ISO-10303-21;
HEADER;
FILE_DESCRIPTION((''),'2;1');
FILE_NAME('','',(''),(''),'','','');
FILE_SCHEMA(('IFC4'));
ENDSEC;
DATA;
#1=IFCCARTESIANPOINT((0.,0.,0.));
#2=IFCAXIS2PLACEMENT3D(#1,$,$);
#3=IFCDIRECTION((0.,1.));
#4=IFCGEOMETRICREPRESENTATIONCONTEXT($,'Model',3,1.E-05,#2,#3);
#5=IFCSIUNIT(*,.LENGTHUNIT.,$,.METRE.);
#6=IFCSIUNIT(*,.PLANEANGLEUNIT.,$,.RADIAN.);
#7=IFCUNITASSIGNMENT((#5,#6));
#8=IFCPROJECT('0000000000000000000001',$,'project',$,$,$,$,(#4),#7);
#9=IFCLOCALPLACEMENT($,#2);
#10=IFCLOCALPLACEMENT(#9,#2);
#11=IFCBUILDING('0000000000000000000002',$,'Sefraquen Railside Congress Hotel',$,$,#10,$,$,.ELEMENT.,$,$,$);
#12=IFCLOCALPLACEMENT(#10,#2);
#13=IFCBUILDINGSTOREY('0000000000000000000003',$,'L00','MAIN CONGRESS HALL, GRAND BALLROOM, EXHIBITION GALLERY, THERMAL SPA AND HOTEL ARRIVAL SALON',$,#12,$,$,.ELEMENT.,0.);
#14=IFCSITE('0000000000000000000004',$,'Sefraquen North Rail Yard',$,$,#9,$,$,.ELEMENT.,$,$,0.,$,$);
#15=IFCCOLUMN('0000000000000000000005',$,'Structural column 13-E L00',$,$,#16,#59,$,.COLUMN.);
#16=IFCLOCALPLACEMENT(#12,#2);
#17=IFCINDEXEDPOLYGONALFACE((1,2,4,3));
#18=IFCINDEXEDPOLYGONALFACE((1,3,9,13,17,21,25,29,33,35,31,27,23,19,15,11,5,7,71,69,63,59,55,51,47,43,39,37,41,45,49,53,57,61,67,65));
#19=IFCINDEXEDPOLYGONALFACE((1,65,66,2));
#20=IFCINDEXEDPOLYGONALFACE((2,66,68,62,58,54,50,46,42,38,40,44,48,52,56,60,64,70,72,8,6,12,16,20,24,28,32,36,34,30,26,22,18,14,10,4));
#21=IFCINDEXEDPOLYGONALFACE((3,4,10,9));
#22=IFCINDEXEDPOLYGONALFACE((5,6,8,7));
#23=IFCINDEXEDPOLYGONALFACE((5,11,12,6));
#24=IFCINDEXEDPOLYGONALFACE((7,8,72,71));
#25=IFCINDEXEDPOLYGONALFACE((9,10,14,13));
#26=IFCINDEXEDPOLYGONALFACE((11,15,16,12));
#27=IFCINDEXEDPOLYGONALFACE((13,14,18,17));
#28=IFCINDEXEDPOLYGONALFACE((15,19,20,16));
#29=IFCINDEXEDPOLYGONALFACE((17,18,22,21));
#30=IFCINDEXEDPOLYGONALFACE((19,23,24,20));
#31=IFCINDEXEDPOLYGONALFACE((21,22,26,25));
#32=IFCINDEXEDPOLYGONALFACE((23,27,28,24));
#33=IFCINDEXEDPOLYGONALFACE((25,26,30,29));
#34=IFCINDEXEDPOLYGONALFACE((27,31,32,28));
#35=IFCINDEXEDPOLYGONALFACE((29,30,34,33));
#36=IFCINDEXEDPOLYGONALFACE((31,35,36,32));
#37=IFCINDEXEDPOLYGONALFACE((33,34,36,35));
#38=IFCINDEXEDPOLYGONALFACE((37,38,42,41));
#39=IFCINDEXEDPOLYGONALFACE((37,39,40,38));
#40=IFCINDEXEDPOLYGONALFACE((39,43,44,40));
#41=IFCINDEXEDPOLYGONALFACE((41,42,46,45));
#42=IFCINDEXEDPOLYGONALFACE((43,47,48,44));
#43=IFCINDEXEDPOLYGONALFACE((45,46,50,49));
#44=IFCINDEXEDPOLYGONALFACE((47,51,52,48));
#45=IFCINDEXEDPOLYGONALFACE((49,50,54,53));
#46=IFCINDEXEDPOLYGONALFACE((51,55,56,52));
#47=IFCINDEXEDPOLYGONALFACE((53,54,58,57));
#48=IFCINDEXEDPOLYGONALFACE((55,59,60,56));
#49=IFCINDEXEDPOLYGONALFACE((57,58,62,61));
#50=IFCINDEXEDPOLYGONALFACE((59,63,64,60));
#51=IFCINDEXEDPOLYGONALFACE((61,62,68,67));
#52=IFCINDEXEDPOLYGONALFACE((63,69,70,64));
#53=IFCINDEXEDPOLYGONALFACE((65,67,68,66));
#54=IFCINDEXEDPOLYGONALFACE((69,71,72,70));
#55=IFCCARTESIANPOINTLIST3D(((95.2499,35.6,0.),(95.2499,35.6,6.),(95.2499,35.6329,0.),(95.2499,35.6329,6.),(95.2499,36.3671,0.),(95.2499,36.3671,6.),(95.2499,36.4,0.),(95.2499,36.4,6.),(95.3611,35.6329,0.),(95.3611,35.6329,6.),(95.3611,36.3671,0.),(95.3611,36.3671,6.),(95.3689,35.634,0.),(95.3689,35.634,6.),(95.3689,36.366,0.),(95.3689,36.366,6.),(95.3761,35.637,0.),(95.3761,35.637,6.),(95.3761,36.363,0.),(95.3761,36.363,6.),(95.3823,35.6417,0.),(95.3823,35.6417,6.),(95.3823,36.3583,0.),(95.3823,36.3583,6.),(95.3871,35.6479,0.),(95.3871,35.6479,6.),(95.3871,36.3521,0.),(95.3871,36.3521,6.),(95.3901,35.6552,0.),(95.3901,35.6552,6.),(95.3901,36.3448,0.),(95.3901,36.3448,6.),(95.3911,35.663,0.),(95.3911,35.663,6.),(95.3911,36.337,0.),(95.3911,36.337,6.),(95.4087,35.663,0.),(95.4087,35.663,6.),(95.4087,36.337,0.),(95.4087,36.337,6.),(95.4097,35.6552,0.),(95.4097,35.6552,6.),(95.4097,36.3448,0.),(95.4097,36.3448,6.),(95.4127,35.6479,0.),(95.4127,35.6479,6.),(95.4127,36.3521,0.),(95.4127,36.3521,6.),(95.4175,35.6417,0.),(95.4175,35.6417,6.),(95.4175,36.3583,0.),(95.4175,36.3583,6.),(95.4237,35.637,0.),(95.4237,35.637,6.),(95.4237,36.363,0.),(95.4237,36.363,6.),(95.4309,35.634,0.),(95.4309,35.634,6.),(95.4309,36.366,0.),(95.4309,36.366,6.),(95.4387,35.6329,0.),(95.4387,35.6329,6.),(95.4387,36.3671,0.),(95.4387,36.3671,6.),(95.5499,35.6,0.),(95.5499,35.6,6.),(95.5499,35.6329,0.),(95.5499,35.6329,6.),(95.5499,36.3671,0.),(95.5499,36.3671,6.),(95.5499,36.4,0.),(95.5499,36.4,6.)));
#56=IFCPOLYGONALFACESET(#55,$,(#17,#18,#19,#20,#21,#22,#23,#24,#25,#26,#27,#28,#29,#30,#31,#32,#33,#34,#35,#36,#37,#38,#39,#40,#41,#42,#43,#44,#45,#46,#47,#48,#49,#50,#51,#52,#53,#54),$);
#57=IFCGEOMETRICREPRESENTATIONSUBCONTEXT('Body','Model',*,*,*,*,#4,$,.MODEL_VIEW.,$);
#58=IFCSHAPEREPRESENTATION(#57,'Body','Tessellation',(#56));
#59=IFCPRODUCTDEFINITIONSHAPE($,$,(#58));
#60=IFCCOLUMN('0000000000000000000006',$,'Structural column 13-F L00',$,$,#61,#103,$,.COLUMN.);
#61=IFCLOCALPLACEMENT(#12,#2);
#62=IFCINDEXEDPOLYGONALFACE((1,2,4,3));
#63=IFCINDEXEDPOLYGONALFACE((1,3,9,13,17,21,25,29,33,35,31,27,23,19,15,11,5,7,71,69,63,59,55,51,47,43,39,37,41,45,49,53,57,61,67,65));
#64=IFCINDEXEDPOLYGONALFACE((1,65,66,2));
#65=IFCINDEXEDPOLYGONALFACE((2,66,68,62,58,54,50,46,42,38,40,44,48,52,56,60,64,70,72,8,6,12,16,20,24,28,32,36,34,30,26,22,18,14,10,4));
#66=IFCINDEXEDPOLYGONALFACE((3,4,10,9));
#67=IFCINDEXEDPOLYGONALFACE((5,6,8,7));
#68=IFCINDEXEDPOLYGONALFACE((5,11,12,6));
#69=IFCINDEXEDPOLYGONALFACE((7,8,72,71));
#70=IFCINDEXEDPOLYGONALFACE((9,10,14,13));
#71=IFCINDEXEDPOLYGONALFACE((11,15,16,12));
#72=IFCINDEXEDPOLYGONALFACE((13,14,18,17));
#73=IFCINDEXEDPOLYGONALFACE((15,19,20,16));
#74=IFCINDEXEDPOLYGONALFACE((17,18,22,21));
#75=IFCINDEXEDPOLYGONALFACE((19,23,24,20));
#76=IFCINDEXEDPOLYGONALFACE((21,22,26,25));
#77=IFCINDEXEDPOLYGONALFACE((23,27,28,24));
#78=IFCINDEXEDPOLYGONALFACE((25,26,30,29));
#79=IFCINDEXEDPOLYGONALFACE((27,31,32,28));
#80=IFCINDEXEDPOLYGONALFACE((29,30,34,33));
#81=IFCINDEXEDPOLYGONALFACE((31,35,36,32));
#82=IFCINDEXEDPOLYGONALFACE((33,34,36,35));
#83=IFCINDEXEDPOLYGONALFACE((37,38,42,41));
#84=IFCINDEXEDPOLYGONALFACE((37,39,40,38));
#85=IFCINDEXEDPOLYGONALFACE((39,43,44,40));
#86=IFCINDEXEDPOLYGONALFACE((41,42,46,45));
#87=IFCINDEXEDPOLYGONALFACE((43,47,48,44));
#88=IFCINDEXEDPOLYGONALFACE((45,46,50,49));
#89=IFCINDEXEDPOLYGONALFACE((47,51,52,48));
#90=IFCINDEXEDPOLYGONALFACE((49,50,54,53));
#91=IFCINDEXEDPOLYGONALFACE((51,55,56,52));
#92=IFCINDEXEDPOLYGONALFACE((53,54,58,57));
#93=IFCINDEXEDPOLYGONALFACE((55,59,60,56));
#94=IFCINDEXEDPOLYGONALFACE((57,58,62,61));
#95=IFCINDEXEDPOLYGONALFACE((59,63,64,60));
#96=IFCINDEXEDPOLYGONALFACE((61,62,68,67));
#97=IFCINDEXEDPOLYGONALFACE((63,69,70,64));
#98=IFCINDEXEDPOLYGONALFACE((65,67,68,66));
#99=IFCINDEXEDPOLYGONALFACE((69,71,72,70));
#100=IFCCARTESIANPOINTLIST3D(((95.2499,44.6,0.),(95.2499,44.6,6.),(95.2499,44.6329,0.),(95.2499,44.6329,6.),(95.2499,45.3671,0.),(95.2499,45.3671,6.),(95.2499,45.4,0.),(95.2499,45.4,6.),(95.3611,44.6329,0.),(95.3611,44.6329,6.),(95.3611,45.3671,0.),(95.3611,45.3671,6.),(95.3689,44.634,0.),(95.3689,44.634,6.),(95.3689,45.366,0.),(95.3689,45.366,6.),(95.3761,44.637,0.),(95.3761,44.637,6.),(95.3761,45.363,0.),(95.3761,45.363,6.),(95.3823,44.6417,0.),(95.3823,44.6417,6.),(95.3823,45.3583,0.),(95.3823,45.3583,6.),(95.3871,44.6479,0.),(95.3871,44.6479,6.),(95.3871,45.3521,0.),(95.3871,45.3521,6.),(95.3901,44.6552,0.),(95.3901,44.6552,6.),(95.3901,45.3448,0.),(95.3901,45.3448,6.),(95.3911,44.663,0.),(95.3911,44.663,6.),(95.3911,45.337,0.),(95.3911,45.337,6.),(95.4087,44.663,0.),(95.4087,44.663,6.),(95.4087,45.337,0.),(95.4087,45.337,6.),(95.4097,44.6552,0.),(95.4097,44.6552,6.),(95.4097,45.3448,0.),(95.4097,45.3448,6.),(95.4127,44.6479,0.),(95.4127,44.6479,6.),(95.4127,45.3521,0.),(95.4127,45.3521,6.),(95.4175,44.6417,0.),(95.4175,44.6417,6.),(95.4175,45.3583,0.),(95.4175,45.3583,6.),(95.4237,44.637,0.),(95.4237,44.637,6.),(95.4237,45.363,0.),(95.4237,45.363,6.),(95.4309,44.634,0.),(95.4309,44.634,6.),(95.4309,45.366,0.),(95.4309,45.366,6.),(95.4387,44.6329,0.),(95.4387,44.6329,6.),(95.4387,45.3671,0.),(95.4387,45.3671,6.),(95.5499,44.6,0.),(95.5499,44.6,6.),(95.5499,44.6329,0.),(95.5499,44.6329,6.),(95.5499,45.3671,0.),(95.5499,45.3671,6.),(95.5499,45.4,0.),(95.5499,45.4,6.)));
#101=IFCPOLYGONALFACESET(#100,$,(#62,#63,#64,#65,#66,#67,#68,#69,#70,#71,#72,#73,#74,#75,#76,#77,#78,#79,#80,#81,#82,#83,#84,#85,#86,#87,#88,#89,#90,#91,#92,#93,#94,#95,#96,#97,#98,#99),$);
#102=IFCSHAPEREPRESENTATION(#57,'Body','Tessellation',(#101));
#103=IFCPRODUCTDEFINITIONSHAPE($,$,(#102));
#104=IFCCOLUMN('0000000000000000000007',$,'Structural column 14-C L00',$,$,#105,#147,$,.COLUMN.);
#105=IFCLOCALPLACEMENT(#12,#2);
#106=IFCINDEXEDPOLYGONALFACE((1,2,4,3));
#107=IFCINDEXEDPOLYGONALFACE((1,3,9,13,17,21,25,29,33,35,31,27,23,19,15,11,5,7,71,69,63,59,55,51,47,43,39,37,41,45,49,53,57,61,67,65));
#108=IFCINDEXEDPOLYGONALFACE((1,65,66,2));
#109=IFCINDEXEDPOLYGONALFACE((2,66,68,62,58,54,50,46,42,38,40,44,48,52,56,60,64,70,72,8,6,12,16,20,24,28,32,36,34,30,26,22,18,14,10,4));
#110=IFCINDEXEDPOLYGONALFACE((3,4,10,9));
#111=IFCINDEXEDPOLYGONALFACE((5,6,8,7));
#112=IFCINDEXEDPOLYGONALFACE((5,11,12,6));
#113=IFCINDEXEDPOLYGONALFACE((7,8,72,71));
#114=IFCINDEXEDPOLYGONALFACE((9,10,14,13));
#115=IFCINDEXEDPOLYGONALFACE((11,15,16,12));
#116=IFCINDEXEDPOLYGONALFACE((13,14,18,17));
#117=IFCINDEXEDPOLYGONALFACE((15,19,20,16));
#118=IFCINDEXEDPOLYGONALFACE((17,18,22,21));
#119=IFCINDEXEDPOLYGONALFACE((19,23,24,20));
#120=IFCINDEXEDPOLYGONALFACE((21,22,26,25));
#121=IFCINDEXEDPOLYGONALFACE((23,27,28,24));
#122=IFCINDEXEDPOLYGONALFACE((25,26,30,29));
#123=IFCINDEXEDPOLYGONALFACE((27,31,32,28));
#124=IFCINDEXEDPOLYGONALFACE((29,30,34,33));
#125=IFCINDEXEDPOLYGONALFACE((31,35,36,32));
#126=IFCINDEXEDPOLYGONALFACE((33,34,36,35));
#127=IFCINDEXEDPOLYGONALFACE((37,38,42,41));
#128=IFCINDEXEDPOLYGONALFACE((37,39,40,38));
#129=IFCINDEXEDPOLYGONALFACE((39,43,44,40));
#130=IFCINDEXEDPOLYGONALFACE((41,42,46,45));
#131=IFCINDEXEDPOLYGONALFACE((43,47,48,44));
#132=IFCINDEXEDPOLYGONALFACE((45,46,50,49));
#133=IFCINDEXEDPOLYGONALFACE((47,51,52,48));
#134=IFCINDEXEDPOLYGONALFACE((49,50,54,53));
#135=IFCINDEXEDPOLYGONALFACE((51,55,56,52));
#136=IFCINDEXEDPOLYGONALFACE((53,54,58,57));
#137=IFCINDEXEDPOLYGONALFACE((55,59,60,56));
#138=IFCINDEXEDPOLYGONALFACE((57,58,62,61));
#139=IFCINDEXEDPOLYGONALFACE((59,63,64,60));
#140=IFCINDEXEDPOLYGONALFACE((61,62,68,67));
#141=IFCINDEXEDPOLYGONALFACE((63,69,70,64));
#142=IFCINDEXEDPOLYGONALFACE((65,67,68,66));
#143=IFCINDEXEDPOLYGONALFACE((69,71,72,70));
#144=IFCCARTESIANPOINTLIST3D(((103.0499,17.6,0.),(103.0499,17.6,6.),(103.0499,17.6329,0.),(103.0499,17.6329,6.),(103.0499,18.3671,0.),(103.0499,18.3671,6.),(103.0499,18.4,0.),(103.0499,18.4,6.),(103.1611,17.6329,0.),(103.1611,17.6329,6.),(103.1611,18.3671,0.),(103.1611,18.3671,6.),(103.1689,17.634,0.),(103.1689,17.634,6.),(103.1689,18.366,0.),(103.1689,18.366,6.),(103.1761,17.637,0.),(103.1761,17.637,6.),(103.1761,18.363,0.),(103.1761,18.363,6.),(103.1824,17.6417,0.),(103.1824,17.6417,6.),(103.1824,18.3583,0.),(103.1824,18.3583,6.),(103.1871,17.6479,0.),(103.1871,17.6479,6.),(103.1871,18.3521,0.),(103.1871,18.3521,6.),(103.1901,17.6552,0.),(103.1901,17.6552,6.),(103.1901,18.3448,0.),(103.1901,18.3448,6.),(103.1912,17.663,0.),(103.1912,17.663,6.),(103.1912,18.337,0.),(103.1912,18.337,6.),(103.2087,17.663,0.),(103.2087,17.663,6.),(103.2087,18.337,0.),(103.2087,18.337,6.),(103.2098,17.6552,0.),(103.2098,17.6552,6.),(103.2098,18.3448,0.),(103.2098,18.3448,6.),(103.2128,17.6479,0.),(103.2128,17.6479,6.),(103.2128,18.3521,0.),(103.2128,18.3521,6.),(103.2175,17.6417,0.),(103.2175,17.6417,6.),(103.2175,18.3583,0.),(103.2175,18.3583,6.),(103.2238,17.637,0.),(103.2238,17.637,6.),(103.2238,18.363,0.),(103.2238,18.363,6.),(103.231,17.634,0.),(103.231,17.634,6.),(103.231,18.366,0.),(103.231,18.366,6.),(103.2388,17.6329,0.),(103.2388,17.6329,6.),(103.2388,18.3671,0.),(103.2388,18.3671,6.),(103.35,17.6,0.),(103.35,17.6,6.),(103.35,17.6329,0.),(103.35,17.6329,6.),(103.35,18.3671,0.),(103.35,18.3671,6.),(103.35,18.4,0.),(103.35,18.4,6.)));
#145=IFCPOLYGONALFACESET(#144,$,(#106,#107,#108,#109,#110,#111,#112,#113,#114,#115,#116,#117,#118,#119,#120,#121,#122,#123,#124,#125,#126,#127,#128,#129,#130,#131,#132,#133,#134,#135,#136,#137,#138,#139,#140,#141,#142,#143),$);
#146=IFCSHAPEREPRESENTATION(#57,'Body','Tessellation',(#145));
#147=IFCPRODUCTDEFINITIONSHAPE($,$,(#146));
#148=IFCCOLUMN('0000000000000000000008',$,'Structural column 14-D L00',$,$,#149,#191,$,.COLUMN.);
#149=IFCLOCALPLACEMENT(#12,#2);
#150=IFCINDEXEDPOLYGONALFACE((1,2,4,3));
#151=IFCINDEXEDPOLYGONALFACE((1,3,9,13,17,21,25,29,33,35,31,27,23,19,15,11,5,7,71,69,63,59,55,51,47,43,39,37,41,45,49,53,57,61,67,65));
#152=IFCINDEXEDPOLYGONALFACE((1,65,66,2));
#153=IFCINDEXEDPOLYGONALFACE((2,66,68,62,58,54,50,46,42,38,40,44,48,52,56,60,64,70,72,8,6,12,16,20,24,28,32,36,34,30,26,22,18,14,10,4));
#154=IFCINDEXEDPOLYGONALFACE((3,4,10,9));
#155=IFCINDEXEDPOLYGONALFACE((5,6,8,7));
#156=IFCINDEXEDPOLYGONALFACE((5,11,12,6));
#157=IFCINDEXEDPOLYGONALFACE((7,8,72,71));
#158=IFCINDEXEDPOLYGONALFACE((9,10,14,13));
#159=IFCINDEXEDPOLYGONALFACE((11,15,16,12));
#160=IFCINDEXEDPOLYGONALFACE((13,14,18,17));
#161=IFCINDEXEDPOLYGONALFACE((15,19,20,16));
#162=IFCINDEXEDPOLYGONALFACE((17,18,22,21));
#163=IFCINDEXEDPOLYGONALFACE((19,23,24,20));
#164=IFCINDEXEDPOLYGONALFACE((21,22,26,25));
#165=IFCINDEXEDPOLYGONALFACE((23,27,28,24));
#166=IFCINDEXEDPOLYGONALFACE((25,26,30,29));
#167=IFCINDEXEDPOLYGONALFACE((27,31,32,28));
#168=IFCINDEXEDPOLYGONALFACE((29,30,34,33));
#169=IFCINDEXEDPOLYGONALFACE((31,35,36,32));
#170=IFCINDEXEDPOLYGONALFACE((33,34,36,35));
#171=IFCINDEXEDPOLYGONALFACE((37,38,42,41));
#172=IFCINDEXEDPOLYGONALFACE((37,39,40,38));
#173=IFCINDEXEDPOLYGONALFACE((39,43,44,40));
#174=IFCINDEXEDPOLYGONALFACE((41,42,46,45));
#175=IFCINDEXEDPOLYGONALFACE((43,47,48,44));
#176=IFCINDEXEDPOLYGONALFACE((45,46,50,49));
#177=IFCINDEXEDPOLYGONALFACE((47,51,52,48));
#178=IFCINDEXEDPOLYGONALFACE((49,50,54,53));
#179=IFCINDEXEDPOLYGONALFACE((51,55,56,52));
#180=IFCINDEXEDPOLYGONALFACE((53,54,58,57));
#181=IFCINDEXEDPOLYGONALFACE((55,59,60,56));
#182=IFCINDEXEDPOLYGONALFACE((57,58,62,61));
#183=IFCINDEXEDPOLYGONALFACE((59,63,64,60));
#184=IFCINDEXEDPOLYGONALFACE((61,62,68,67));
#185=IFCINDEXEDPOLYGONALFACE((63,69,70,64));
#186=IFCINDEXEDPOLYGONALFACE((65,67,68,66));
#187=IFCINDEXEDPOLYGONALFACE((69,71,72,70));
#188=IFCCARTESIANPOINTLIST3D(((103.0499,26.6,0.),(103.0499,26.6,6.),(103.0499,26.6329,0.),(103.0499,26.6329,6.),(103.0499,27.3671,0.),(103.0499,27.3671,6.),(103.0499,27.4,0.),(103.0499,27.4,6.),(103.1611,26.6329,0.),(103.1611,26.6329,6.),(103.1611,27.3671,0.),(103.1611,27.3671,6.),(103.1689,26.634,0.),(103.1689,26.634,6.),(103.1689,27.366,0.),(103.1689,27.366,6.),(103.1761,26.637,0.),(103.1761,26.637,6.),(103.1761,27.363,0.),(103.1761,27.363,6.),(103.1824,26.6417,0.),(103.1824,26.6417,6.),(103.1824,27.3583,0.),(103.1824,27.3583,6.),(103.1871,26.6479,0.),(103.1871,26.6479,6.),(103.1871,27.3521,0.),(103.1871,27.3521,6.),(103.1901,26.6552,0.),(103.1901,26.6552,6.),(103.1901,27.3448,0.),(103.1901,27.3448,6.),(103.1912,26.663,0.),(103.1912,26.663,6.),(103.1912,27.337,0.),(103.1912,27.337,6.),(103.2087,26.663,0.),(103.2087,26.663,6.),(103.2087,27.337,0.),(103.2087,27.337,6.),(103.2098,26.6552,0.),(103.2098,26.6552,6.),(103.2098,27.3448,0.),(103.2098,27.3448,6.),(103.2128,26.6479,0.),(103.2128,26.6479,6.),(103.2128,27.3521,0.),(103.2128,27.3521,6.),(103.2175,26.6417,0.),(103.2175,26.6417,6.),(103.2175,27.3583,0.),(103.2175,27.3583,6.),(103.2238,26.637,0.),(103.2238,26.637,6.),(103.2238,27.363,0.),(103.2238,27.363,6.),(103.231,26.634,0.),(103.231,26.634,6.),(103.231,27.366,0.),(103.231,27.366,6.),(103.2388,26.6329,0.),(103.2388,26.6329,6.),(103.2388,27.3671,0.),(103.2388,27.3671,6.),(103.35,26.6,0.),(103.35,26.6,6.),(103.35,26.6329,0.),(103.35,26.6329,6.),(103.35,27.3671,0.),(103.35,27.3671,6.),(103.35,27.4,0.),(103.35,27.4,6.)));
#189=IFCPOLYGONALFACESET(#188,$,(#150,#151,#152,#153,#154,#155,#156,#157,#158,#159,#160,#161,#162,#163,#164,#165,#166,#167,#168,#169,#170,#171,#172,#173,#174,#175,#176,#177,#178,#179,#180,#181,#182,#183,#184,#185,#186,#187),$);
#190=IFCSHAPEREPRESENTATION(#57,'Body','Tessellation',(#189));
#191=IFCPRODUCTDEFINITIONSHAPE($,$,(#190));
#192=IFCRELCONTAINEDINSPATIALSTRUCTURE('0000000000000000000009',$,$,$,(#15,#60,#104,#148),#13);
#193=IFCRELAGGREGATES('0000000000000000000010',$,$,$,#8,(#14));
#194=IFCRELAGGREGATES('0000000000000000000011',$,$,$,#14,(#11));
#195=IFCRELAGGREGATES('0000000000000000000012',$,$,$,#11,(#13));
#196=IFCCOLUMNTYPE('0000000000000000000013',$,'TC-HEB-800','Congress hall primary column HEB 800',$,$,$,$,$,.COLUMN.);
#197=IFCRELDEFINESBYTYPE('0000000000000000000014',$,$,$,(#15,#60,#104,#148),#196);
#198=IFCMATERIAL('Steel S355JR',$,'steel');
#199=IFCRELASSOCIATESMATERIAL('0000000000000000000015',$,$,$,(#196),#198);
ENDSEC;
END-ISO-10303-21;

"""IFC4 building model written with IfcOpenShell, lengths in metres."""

from ifc_helpers import new_model, si_unit, direction, frame, origin, origin_2d, place, context, subcontext, project, spatial, i_section, extrude, material, material_profile, profile_set, type_object, element, save


model = new_model("IFC4")

# Units and contexts
model_context = context("Model", 3, precision=1e-05, world=origin(), true_north=direction((0.0, 1.0)))
body_context = subcontext(model_context, "Body", "Model", "MODEL_VIEW")
ifc_project = project(units=[si_unit("LENGTHUNIT", "METRE"), si_unit("PLANEANGLEUNIT", "RADIAN")], contexts=[model_context])

# Site, building, storey
site_placement = place(None, origin())
site = spatial("IfcSite", under=ifc_project, at=site_placement, Name="Sefraquen North Rail Yard", CompositionType="ELEMENT", RefElevation=0.0)
building_placement = place(site_placement, origin())
building = spatial("IfcBuilding", under=site, at=building_placement, Name="Sefraquen Railside Congress Hotel", CompositionType="ELEMENT")
storey_placement = place(building_placement, origin())
storey = spatial("IfcBuildingStorey", under=building, at=storey_placement, Name="L00", Description="MAIN CONGRESS HALL, GRAND BALLROOM, EXHIBITION GALLERY, THERMAL SPA AND HOTEL ARRIVAL SALON", CompositionType="ELEMENT", Elevation=0.0)

# Columns
ifc_material_1 = material(Name="Steel S355JR", Category="steel")
ifc_material_profile_1 = material_profile(ifc_material_1, i_section(OverallWidth=0.3, OverallDepth=0.8, WebThickness=0.0176, FlangeThickness=0.033, FilletRadius=0.03, at=origin_2d()), Name="HEB 800")
ifc_profile_set_1 = profile_set([ifc_material_profile_1], Name="Steel S355JR")
column_type = type_object("IfcColumnType", Name="TC-HEB-800", Description="Congress hall primary column HEB 800", PredefinedType="COLUMN", material=ifc_profile_set_1)
for number, where, z_axis, x_axis, name in (
    (1, (95.3999, 36.0, 0.0), (0.0, 0.0, 1.0), (1.0, 0.0, 0.0), "Structural column 13-E L00"),
    (2, (95.3999, 45.0, 0.0), (0.0, 0.0, 1.0), (1.0, 0.0, 0.0), "Structural column 13-F L00"),
    (3, (103.2, 18.0, 0.0), (0.0, 0.0, 1.0), (1.0, 0.0, 0.0), "Structural column 14-C L00"),
    (4, (103.2, 27.0, 0.0), (0.0, 0.0, 1.0), (1.0, 0.0, 0.0), "Structural column 14-D L00"),
):
    element("IfcColumn", number, at=place(storey_placement, frame(where, z_axis=z_axis, x_axis=x_axis)), inside=storey, type_object=column_type, Name=name, PredefinedType="COLUMN", context=body_context, shape_type="SweptSolid", body=[
        extrude(i_section(OverallWidth=0.3, OverallDepth=0.8, WebThickness=0.0176, FlangeThickness=0.033, FilletRadius=0.03, at=origin_2d()), origin(), (0.0, 0.0, 1.0), 6.0),
    ])

save(model, "model.ifc")
